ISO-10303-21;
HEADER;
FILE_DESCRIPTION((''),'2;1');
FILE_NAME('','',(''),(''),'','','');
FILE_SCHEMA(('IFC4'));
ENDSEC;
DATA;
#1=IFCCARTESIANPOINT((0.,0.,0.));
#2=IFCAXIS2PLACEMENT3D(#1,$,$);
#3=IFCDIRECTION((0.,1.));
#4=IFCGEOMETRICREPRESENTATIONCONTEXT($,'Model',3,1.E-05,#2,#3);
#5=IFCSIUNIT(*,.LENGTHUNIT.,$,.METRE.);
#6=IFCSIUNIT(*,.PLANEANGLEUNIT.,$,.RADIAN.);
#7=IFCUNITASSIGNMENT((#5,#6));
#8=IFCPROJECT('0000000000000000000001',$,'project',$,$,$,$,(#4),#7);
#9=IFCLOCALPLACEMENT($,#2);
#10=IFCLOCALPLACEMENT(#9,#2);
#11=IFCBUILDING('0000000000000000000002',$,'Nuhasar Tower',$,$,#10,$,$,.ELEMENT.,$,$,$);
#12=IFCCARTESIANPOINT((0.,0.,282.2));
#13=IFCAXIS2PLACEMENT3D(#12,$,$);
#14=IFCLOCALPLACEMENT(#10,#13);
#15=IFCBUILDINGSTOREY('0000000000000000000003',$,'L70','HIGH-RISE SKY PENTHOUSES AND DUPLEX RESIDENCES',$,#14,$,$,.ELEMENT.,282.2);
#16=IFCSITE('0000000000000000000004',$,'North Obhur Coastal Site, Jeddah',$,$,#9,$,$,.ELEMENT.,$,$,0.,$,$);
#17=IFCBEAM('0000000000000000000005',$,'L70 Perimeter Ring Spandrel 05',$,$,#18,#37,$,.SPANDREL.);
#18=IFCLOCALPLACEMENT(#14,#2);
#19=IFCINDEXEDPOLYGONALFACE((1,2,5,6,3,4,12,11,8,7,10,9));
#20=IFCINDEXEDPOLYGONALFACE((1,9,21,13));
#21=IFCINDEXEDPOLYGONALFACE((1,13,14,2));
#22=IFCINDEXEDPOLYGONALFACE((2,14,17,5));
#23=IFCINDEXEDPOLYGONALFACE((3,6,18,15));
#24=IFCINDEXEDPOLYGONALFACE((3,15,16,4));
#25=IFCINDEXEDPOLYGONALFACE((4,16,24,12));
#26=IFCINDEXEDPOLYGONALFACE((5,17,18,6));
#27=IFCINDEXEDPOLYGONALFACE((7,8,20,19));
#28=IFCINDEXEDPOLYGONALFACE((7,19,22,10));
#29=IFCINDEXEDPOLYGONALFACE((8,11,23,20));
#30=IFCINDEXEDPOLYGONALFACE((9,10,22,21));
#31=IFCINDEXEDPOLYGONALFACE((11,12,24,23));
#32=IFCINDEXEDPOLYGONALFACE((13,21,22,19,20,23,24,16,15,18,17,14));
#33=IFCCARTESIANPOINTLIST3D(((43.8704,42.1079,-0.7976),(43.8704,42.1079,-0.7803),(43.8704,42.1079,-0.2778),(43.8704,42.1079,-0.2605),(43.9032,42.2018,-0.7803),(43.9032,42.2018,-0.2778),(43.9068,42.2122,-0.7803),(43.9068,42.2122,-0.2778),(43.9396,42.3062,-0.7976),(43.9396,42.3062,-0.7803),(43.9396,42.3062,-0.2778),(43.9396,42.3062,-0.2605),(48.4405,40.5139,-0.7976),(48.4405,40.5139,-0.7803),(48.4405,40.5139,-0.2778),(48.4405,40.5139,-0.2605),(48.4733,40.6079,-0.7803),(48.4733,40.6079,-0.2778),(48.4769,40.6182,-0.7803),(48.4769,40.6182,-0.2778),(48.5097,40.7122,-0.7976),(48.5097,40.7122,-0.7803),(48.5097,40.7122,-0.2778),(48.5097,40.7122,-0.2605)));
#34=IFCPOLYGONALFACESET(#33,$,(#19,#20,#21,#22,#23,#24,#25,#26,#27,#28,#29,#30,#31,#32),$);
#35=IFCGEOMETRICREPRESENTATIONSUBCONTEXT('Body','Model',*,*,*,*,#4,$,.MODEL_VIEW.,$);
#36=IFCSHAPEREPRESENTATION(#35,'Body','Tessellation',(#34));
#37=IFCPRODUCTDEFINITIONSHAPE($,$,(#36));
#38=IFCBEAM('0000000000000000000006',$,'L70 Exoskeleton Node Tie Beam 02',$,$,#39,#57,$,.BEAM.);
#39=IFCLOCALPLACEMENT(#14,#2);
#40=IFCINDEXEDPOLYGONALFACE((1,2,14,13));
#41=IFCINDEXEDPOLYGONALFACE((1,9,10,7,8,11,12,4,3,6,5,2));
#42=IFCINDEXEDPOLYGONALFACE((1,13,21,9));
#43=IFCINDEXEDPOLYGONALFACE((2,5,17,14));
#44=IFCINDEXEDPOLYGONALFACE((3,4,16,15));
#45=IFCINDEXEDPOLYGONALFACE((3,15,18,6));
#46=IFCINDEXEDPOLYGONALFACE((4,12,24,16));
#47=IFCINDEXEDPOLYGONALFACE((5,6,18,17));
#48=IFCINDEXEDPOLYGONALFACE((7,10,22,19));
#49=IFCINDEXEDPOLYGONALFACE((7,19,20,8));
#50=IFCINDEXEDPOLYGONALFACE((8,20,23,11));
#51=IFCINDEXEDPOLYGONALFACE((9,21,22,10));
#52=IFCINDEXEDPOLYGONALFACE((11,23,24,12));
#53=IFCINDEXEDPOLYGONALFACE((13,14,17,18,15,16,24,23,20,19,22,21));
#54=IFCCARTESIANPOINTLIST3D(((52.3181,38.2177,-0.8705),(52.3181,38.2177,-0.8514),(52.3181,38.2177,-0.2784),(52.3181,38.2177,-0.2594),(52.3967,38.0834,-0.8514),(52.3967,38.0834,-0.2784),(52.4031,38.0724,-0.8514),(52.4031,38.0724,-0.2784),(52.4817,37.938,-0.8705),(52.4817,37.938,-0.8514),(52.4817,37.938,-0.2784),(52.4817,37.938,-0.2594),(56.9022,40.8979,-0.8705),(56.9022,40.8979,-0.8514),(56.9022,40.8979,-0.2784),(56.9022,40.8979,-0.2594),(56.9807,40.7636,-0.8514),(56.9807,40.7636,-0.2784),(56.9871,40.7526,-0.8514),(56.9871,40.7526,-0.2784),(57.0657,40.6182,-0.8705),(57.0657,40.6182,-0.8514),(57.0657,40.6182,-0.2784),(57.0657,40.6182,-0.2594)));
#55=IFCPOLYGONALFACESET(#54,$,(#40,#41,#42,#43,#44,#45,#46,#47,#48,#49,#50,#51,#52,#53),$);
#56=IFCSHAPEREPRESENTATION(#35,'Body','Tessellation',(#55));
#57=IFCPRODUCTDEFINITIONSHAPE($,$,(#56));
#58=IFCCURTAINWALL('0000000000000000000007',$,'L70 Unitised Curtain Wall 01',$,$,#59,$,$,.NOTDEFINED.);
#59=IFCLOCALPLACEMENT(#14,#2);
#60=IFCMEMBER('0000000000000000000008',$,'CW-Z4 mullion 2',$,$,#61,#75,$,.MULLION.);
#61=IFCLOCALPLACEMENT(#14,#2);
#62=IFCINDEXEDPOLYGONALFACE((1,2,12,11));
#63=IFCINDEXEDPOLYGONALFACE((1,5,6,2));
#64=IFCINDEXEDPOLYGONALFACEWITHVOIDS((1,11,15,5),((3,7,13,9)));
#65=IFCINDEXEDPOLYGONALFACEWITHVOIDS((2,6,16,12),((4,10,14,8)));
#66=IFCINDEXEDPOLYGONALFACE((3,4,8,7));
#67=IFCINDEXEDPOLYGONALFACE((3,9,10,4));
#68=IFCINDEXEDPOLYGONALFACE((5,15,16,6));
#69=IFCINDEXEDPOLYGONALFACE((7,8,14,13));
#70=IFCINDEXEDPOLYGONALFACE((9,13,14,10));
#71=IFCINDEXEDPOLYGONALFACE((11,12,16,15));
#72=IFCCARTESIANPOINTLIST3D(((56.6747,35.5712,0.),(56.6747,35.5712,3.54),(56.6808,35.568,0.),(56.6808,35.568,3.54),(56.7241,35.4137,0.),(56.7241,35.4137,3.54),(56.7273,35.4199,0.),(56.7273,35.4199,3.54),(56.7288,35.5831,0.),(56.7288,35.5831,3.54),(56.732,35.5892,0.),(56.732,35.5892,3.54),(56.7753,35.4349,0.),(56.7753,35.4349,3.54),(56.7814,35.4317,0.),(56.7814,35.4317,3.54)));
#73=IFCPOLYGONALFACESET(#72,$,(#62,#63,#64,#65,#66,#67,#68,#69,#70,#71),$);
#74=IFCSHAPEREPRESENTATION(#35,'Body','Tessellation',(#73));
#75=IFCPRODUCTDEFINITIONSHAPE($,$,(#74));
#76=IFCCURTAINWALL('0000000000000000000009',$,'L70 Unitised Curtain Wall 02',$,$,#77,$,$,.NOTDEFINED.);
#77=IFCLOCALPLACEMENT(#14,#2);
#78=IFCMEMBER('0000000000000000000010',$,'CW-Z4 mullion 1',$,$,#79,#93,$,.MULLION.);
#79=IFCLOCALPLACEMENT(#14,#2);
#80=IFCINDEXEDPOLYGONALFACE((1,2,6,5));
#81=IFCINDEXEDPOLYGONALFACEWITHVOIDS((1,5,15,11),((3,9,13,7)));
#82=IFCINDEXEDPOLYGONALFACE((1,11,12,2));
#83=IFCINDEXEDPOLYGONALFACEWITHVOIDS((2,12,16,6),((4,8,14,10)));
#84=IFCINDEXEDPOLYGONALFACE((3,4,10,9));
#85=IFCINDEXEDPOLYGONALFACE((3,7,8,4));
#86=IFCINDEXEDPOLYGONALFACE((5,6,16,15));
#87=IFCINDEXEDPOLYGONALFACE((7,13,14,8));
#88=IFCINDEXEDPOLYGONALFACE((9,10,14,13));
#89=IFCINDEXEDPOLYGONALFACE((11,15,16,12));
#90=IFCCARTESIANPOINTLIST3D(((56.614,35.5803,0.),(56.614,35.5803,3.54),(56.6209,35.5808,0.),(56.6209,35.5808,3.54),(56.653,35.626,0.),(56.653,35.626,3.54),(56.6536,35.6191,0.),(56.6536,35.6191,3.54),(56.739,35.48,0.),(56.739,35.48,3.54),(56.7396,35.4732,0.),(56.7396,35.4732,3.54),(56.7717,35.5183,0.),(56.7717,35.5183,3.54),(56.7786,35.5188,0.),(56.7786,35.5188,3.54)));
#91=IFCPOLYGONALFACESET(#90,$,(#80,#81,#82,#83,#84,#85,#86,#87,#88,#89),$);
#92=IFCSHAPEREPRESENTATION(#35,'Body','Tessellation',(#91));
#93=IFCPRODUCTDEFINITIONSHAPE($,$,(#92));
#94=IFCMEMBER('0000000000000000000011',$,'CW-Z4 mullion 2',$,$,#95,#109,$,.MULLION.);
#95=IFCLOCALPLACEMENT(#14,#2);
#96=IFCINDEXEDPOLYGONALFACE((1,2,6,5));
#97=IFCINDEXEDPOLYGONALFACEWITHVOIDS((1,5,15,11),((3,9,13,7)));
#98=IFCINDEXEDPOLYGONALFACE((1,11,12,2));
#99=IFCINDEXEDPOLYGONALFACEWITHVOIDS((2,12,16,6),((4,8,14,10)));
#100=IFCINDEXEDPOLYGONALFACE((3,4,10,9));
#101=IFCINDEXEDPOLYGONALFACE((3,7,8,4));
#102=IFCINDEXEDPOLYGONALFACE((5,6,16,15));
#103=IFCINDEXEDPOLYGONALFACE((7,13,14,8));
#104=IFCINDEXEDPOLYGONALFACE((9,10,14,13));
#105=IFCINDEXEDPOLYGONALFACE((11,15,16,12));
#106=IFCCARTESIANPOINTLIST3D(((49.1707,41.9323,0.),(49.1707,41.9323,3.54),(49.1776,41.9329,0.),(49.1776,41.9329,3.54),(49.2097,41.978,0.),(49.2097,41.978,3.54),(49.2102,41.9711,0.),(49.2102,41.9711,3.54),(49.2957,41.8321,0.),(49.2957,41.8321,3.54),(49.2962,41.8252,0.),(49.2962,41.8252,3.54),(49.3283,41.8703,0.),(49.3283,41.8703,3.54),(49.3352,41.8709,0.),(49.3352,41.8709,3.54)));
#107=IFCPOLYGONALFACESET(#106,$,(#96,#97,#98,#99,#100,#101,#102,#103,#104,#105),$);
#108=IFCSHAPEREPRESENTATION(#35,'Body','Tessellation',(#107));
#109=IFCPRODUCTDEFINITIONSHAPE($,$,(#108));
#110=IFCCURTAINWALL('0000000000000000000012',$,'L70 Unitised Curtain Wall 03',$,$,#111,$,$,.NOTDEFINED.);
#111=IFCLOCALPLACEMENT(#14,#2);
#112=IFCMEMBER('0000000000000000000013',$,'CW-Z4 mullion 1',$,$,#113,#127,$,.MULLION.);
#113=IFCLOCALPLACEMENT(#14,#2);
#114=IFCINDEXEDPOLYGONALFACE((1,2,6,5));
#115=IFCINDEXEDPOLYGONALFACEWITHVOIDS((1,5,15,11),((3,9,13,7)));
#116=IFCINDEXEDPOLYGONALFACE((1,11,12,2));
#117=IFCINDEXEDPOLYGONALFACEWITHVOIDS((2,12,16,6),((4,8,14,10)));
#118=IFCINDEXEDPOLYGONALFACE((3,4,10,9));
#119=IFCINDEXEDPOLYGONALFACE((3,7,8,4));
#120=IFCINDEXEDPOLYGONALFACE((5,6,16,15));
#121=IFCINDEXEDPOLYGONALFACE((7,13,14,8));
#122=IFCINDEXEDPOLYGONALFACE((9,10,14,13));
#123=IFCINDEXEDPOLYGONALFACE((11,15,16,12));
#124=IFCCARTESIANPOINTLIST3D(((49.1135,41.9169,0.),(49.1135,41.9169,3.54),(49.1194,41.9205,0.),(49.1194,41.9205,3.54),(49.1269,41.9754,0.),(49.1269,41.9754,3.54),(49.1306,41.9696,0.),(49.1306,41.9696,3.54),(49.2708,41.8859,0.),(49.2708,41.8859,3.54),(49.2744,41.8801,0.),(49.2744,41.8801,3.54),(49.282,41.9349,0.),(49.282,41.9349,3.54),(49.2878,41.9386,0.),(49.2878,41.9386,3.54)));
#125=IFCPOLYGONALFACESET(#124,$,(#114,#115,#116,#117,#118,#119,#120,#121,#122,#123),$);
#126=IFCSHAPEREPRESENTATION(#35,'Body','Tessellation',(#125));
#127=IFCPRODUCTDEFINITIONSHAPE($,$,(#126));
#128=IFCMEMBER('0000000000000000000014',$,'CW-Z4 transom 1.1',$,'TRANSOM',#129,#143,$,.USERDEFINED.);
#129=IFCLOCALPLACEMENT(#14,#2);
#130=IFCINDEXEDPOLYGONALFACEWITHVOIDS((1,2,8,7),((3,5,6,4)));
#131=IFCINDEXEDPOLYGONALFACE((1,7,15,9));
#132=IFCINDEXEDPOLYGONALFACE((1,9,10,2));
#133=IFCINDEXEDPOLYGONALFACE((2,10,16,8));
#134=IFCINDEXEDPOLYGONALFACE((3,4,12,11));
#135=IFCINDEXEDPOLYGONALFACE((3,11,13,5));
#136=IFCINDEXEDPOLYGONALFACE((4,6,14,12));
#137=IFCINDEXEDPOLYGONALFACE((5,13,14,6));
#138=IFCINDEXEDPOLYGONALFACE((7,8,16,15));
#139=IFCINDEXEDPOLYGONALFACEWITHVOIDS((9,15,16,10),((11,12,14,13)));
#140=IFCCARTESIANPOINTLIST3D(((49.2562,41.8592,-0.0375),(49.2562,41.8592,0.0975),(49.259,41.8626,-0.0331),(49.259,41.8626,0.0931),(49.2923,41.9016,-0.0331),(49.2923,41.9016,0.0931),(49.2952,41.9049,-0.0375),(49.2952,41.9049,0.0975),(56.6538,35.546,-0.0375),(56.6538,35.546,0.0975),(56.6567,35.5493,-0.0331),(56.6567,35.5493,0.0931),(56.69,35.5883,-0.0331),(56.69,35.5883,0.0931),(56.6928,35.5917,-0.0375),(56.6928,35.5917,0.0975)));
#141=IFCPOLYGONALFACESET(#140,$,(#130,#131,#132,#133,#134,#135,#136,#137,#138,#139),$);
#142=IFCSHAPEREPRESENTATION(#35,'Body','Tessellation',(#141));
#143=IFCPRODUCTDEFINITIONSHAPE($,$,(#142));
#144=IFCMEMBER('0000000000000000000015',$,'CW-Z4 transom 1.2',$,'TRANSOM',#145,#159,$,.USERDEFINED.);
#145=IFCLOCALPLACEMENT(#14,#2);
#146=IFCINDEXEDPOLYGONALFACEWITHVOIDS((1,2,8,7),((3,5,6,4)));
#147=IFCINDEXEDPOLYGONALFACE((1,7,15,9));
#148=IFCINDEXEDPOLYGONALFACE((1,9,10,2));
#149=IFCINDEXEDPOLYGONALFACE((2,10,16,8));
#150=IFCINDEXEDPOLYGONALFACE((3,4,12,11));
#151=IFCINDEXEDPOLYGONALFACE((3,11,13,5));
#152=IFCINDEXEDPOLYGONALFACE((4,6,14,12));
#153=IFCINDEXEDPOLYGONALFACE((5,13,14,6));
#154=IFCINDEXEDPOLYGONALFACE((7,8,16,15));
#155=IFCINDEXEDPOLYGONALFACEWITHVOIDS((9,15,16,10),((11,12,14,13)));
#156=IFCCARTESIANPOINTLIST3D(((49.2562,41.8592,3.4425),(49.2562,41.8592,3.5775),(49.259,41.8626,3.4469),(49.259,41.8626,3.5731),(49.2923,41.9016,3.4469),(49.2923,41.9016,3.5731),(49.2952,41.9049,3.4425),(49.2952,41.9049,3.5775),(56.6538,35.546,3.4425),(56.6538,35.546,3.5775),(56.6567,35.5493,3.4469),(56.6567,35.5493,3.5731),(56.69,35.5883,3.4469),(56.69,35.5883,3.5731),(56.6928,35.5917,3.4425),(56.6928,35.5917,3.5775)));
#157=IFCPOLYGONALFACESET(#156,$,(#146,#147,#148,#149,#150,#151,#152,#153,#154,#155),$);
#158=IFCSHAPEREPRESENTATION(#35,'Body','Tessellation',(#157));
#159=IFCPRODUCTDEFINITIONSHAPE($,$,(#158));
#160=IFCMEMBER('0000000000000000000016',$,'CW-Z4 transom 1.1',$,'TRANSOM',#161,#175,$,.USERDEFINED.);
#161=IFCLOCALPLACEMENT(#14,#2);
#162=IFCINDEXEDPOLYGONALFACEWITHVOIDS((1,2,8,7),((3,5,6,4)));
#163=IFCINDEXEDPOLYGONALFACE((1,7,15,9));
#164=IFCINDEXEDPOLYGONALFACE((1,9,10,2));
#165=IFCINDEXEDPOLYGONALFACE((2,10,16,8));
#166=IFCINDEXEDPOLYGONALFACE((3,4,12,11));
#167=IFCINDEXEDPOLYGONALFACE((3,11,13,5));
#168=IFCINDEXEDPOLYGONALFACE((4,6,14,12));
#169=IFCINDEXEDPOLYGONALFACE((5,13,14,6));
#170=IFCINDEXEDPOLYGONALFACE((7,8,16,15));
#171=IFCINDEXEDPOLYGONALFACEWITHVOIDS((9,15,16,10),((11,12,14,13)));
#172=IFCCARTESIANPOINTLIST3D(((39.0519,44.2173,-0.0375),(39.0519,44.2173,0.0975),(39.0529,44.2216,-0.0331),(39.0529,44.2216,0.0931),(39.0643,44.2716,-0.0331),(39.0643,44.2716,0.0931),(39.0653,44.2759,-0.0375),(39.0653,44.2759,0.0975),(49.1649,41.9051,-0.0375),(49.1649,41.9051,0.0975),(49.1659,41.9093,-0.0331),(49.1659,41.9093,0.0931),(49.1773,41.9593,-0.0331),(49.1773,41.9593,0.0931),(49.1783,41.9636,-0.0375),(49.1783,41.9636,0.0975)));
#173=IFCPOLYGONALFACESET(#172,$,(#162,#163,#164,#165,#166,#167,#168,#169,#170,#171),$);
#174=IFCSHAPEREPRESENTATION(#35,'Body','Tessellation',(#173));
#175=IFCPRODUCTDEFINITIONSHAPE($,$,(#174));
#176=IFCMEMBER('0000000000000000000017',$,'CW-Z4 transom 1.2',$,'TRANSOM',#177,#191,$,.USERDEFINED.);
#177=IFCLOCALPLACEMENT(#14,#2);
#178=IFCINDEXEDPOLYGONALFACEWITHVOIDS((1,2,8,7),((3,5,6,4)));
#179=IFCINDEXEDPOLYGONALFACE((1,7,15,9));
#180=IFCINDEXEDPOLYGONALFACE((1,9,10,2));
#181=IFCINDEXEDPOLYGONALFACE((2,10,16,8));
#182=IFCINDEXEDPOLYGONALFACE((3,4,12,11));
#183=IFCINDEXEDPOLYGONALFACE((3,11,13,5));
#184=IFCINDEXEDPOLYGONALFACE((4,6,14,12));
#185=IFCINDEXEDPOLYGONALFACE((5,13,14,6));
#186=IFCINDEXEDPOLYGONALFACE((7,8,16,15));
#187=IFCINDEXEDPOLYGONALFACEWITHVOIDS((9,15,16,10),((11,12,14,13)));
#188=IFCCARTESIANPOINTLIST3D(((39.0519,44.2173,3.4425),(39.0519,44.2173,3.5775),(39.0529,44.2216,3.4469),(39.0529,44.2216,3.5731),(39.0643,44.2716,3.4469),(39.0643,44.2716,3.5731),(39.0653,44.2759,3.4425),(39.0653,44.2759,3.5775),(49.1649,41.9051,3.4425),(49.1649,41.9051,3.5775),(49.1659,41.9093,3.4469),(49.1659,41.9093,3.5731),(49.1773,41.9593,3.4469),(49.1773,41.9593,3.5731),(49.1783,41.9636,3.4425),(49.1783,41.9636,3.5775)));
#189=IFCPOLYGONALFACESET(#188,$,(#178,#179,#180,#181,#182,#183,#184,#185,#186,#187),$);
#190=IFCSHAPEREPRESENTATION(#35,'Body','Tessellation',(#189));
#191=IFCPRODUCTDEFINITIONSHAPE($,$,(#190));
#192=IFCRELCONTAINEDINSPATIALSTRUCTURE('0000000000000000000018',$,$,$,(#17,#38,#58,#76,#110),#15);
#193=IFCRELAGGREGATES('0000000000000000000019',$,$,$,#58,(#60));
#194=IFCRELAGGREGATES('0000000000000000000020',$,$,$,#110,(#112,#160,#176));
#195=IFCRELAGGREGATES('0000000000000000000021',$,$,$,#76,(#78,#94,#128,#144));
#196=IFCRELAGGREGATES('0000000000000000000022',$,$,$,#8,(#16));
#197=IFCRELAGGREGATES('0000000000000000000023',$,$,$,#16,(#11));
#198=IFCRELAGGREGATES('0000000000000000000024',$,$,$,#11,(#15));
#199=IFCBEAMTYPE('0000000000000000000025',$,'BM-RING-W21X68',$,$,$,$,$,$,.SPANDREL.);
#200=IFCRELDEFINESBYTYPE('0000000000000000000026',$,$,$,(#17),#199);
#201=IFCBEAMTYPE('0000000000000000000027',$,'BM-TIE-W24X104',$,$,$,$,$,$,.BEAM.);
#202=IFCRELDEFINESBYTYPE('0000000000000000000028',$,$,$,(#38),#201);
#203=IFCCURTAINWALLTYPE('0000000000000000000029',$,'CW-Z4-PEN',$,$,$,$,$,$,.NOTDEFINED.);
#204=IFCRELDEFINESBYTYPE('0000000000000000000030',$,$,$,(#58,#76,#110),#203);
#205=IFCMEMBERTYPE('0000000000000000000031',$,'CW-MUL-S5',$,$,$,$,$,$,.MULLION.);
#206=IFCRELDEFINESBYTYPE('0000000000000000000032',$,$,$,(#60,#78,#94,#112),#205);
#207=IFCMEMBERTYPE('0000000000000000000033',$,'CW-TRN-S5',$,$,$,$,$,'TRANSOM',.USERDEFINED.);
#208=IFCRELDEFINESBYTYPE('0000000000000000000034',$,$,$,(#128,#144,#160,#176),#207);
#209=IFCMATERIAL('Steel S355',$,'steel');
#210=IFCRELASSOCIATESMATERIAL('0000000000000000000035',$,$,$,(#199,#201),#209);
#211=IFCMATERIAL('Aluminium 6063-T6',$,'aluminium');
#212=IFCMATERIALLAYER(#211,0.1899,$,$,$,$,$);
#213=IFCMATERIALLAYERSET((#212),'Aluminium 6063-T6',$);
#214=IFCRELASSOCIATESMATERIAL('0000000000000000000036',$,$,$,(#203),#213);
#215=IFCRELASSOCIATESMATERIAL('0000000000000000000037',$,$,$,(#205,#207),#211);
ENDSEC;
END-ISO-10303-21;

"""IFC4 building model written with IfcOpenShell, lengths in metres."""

from ifc_helpers import new_model, si_unit, direction, frame, origin, origin_2d, place, context, subcontext, project, spatial, hollow_rectangle, i_section, extrude, material, layer, layer_set, material_profile, profile_set, type_object, element, aggregate, save


model = new_model("IFC4")

# Units and contexts
model_context = context("Model", 3, precision=1e-05, world=origin(), true_north=direction((0.0, 1.0)))
body_context = subcontext(model_context, "Body", "Model", "MODEL_VIEW")
ifc_project = project(units=[si_unit("LENGTHUNIT", "METRE"), si_unit("PLANEANGLEUNIT", "RADIAN")], contexts=[model_context])

# Site, building, storey
site_placement = place(None, origin())
site = spatial("IfcSite", under=ifc_project, at=site_placement, Name="North Obhur Coastal Site, Jeddah", CompositionType="ELEMENT", RefElevation=0.0)
building_placement = place(site_placement, origin())
building = spatial("IfcBuilding", under=site, at=building_placement, Name="Nuhasar Tower", CompositionType="ELEMENT")
storey_placement = place(building_placement, frame((0.0, 0.0, 282.2)))
storey = spatial("IfcBuildingStorey", under=building, at=storey_placement, Name="L70", Description="HIGH-RISE SKY PENTHOUSES AND DUPLEX RESIDENCES", CompositionType="ELEMENT", Elevation=282.2)

# Beams
ifc_material_1 = material(Name="Steel S355", Category="steel")
ifc_material_profile_1 = material_profile(ifc_material_1, i_section(OverallWidth=0.21, OverallDepth=0.5371, WebThickness=0.011, FlangeThickness=0.0173, at=origin_2d()), Name="W21X68")
ifc_profile_set_1 = profile_set([ifc_material_profile_1], Name="Steel S355")
beam_type_1 = type_object("IfcBeamType", Name="BM-RING-W21X68", PredefinedType="SPANDREL", material=ifc_profile_set_1)
beam_1_placement = place(storey_placement, frame((48.4751, 40.613, -0.5291), z_axis=(-0.944214, 0.329332, 0.0), x_axis=(-0.329332, -0.944214, 0.0)))
element("IfcBeam", 1, at=beam_1_placement, inside=storey, type_object=beam_type_1, Name="L70 Perimeter Ring Spandrel 05", PredefinedType="SPANDREL", context=body_context, shape_type="SweptSolid", body=[
    extrude(i_section(OverallWidth=0.21, OverallDepth=0.5371, WebThickness=0.011, FlangeThickness=0.0173, at=origin_2d()), origin(), (0.0, 0.0, 1.0), 4.8401),
])
ifc_material_profile_2 = material_profile(ifc_material_1, i_section(OverallWidth=0.324, OverallDepth=0.6111, WebThickness=0.0127, FlangeThickness=0.019, at=origin_2d()), Name="W24X104")
ifc_profile_set_2 = profile_set([ifc_material_profile_2], Name="Steel S355")
beam_type_2 = type_object("IfcBeamType", Name="BM-TIE-W24X104", PredefinedType="BEAM", material=ifc_profile_set_2)
beam_2_placement = place(storey_placement, frame((52.3999, 38.0779, -0.5649), z_axis=(0.863272, 0.50474, 0.0), x_axis=(-0.50474, 0.863272, 0.0)))
element("IfcBeam", 2, at=beam_2_placement, inside=storey, type_object=beam_type_2, Name="L70 Exoskeleton Node Tie Beam 02", PredefinedType="BEAM", context=body_context, shape_type="SweptSolid", body=[
    extrude(i_section(OverallWidth=0.324, OverallDepth=0.6111, WebThickness=0.0127, FlangeThickness=0.019, at=origin_2d()), origin(), (0.0, 0.0, 1.0), 5.3101),
])

# Curtain wall, member
ifc_material_2 = material(Name="Aluminium 6063-T6", Category="aluminium")
ifc_layer_1 = layer(ifc_material_2, 0.1899)
ifc_layer_set_1 = layer_set([ifc_layer_1], Name="Aluminium 6063-T6")
curtain_wall_type = type_object("IfcCurtainWallType", Name="CW-Z4-PEN", PredefinedType="NOTDEFINED", material=ifc_layer_set_1)
curtain_wall_1_placement = place(storey_placement, origin())
curtain_wall_1 = element("IfcCurtainWall", 3, at=curtain_wall_1_placement, inside=storey, type_object=curtain_wall_type, Name="L70 Unitised Curtain Wall 01", PredefinedType="NOTDEFINED")
ifc_material_profile_3 = material_profile(ifc_material_2, hollow_rectangle(XDim=0.0601, YDim=0.165, WallThickness=0.0049, at=origin_2d()), Name="CWM-5")
ifc_profile_set_3 = profile_set([ifc_material_profile_3], Name="Aluminium 6063-T6")
member_type_1 = type_object("IfcMemberType", Name="CW-MUL-S5", PredefinedType="MULLION", material=ifc_profile_set_3)
member_1_placement = place(storey_placement, frame((56.728, 35.5015, 0.0), z_axis=(0.0, 0.0, 1.0), x_axis=(-0.954079, -0.299557, 0.0)))
member_1 = element("IfcMember", 4, at=member_1_placement, type_object=member_type_1, Name="CW-Z4 mullion 2", PredefinedType="MULLION", context=body_context, shape_type="SweptSolid", body=[
    extrude(hollow_rectangle(XDim=0.0601, YDim=0.165, WallThickness=0.0049, at=origin_2d()), origin(), (0.0, 0.0, 1.0), 3.54),
])
aggregate(curtain_wall_1, [member_1])

# Curtain wall, members
curtain_wall_2_placement = place(storey_placement, origin())
curtain_wall_2 = element("IfcCurtainWall", 5, at=curtain_wall_2_placement, inside=storey, type_object=curtain_wall_type, Name="L70 Unitised Curtain Wall 02", PredefinedType="NOTDEFINED")
member_2_placement = place(storey_placement, frame((56.6963, 35.5496, 0.0), z_axis=(0.0, 0.0, 1.0), x_axis=(-0.649142, -0.760667, 0.0)))
member_2 = element("IfcMember", 6, at=member_2_placement, type_object=member_type_1, Name="CW-Z4 mullion 1", PredefinedType="MULLION", context=body_context, shape_type="SweptSolid", body=[
    extrude(hollow_rectangle(XDim=0.0601, YDim=0.165, WallThickness=0.0049, at=origin_2d()), origin(), (0.0, 0.0, 1.0), 3.54),
])
member_3_placement = place(storey_placement, frame((49.2529, 41.9016, 0.0), z_axis=(0.0, 0.0, 1.0), x_axis=(-0.649142, -0.760667, 0.0)))
member_3 = element("IfcMember", 7, at=member_3_placement, type_object=member_type_1, Name="CW-Z4 mullion 2", PredefinedType="MULLION", context=body_context, shape_type="SweptSolid", body=[
    extrude(hollow_rectangle(XDim=0.0601, YDim=0.165, WallThickness=0.0049, at=origin_2d()), origin(), (0.0, 0.0, 1.0), 3.54),
])

# Curtain wall, member
curtain_wall_3_placement = place(storey_placement, origin())
curtain_wall_3 = element("IfcCurtainWall", 8, at=curtain_wall_3_placement, inside=storey, type_object=curtain_wall_type, Name="L70 Unitised Curtain Wall 03", PredefinedType="NOTDEFINED")
member_4_placement = place(storey_placement, frame((49.2007, 41.9277, 0.0), z_axis=(0.0, 0.0, 1.0), x_axis=(-0.222889, -0.974844, 0.0)))
member_4 = element("IfcMember", 9, at=member_4_placement, type_object=member_type_1, Name="CW-Z4 mullion 1", PredefinedType="MULLION", context=body_context, shape_type="SweptSolid", body=[
    extrude(hollow_rectangle(XDim=0.0601, YDim=0.165, WallThickness=0.0049, at=origin_2d()), origin(), (0.0, 0.0, 1.0), 3.54),
])

# Members
ifc_material_profile_4 = material_profile(ifc_material_2, hollow_rectangle(XDim=0.0601, YDim=0.135, WallThickness=0.0044, at=origin_2d()), Name="CWT-5")
ifc_profile_set_4 = profile_set([ifc_material_profile_4], Name="Aluminium 6063-T6")
member_type_2 = type_object("IfcMemberType", Name="CW-TRN-S5", ElementType="TRANSOM", PredefinedType="USERDEFINED", material=ifc_profile_set_4)
member_5_placement = place(storey_placement, frame((56.6733, 35.5688, 0.03), z_axis=(-0.76066, 0.64915, 0.0), x_axis=(-0.64915, -0.76066, 0.0)))
member_5 = element("IfcMember", 10, at=member_5_placement, type_object=member_type_2, Name="CW-Z4 transom 1.1", ObjectType="TRANSOM", PredefinedType="USERDEFINED", context=body_context, shape_type="SweptSolid", body=[
    extrude(hollow_rectangle(XDim=0.0601, YDim=0.135, WallThickness=0.0044, at=origin_2d()), origin(), (0.0, 0.0, 1.0), 9.7253),
])
member_6_placement = place(storey_placement, frame((56.6733, 35.5688, 3.51), z_axis=(-0.76066, 0.64915, 0.0), x_axis=(-0.64915, -0.76066, 0.0)))
member_6 = element("IfcMember", 11, at=member_6_placement, type_object=member_type_2, Name="CW-Z4 transom 1.2", ObjectType="TRANSOM", PredefinedType="USERDEFINED", context=body_context, shape_type="SweptSolid", body=[
    extrude(hollow_rectangle(XDim=0.0601, YDim=0.135, WallThickness=0.0044, at=origin_2d()), origin(), (0.0, 0.0, 1.0), 9.7253),
])
member_7_placement = place(storey_placement, frame((49.1716, 41.9343, 0.03), z_axis=(-0.974844, 0.222889, 0.0), x_axis=(-0.222889, -0.974844, 0.0)))
member_7 = element("IfcMember", 12, at=member_7_placement, type_object=member_type_2, Name="CW-Z4 transom 1.1", ObjectType="TRANSOM", PredefinedType="USERDEFINED", context=body_context, shape_type="SweptSolid", body=[
    extrude(hollow_rectangle(XDim=0.0601, YDim=0.135, WallThickness=0.0044, at=origin_2d()), origin(), (0.0, 0.0, 1.0), 10.374),
])
member_8_placement = place(storey_placement, frame((49.1716, 41.9343, 3.51), z_axis=(-0.974844, 0.222889, 0.0), x_axis=(-0.222889, -0.974844, 0.0)))
member_8 = element("IfcMember", 13, at=member_8_placement, type_object=member_type_2, Name="CW-Z4 transom 1.2", ObjectType="TRANSOM", PredefinedType="USERDEFINED", context=body_context, shape_type="SweptSolid", body=[
    extrude(hollow_rectangle(XDim=0.0601, YDim=0.135, WallThickness=0.0044, at=origin_2d()), origin(), (0.0, 0.0, 1.0), 10.374),
])
aggregate(curtain_wall_3, [member_4, member_7, member_8])

aggregate(curtain_wall_2, [member_2, member_3, member_5, member_6])

save(model, "model.ifc")
